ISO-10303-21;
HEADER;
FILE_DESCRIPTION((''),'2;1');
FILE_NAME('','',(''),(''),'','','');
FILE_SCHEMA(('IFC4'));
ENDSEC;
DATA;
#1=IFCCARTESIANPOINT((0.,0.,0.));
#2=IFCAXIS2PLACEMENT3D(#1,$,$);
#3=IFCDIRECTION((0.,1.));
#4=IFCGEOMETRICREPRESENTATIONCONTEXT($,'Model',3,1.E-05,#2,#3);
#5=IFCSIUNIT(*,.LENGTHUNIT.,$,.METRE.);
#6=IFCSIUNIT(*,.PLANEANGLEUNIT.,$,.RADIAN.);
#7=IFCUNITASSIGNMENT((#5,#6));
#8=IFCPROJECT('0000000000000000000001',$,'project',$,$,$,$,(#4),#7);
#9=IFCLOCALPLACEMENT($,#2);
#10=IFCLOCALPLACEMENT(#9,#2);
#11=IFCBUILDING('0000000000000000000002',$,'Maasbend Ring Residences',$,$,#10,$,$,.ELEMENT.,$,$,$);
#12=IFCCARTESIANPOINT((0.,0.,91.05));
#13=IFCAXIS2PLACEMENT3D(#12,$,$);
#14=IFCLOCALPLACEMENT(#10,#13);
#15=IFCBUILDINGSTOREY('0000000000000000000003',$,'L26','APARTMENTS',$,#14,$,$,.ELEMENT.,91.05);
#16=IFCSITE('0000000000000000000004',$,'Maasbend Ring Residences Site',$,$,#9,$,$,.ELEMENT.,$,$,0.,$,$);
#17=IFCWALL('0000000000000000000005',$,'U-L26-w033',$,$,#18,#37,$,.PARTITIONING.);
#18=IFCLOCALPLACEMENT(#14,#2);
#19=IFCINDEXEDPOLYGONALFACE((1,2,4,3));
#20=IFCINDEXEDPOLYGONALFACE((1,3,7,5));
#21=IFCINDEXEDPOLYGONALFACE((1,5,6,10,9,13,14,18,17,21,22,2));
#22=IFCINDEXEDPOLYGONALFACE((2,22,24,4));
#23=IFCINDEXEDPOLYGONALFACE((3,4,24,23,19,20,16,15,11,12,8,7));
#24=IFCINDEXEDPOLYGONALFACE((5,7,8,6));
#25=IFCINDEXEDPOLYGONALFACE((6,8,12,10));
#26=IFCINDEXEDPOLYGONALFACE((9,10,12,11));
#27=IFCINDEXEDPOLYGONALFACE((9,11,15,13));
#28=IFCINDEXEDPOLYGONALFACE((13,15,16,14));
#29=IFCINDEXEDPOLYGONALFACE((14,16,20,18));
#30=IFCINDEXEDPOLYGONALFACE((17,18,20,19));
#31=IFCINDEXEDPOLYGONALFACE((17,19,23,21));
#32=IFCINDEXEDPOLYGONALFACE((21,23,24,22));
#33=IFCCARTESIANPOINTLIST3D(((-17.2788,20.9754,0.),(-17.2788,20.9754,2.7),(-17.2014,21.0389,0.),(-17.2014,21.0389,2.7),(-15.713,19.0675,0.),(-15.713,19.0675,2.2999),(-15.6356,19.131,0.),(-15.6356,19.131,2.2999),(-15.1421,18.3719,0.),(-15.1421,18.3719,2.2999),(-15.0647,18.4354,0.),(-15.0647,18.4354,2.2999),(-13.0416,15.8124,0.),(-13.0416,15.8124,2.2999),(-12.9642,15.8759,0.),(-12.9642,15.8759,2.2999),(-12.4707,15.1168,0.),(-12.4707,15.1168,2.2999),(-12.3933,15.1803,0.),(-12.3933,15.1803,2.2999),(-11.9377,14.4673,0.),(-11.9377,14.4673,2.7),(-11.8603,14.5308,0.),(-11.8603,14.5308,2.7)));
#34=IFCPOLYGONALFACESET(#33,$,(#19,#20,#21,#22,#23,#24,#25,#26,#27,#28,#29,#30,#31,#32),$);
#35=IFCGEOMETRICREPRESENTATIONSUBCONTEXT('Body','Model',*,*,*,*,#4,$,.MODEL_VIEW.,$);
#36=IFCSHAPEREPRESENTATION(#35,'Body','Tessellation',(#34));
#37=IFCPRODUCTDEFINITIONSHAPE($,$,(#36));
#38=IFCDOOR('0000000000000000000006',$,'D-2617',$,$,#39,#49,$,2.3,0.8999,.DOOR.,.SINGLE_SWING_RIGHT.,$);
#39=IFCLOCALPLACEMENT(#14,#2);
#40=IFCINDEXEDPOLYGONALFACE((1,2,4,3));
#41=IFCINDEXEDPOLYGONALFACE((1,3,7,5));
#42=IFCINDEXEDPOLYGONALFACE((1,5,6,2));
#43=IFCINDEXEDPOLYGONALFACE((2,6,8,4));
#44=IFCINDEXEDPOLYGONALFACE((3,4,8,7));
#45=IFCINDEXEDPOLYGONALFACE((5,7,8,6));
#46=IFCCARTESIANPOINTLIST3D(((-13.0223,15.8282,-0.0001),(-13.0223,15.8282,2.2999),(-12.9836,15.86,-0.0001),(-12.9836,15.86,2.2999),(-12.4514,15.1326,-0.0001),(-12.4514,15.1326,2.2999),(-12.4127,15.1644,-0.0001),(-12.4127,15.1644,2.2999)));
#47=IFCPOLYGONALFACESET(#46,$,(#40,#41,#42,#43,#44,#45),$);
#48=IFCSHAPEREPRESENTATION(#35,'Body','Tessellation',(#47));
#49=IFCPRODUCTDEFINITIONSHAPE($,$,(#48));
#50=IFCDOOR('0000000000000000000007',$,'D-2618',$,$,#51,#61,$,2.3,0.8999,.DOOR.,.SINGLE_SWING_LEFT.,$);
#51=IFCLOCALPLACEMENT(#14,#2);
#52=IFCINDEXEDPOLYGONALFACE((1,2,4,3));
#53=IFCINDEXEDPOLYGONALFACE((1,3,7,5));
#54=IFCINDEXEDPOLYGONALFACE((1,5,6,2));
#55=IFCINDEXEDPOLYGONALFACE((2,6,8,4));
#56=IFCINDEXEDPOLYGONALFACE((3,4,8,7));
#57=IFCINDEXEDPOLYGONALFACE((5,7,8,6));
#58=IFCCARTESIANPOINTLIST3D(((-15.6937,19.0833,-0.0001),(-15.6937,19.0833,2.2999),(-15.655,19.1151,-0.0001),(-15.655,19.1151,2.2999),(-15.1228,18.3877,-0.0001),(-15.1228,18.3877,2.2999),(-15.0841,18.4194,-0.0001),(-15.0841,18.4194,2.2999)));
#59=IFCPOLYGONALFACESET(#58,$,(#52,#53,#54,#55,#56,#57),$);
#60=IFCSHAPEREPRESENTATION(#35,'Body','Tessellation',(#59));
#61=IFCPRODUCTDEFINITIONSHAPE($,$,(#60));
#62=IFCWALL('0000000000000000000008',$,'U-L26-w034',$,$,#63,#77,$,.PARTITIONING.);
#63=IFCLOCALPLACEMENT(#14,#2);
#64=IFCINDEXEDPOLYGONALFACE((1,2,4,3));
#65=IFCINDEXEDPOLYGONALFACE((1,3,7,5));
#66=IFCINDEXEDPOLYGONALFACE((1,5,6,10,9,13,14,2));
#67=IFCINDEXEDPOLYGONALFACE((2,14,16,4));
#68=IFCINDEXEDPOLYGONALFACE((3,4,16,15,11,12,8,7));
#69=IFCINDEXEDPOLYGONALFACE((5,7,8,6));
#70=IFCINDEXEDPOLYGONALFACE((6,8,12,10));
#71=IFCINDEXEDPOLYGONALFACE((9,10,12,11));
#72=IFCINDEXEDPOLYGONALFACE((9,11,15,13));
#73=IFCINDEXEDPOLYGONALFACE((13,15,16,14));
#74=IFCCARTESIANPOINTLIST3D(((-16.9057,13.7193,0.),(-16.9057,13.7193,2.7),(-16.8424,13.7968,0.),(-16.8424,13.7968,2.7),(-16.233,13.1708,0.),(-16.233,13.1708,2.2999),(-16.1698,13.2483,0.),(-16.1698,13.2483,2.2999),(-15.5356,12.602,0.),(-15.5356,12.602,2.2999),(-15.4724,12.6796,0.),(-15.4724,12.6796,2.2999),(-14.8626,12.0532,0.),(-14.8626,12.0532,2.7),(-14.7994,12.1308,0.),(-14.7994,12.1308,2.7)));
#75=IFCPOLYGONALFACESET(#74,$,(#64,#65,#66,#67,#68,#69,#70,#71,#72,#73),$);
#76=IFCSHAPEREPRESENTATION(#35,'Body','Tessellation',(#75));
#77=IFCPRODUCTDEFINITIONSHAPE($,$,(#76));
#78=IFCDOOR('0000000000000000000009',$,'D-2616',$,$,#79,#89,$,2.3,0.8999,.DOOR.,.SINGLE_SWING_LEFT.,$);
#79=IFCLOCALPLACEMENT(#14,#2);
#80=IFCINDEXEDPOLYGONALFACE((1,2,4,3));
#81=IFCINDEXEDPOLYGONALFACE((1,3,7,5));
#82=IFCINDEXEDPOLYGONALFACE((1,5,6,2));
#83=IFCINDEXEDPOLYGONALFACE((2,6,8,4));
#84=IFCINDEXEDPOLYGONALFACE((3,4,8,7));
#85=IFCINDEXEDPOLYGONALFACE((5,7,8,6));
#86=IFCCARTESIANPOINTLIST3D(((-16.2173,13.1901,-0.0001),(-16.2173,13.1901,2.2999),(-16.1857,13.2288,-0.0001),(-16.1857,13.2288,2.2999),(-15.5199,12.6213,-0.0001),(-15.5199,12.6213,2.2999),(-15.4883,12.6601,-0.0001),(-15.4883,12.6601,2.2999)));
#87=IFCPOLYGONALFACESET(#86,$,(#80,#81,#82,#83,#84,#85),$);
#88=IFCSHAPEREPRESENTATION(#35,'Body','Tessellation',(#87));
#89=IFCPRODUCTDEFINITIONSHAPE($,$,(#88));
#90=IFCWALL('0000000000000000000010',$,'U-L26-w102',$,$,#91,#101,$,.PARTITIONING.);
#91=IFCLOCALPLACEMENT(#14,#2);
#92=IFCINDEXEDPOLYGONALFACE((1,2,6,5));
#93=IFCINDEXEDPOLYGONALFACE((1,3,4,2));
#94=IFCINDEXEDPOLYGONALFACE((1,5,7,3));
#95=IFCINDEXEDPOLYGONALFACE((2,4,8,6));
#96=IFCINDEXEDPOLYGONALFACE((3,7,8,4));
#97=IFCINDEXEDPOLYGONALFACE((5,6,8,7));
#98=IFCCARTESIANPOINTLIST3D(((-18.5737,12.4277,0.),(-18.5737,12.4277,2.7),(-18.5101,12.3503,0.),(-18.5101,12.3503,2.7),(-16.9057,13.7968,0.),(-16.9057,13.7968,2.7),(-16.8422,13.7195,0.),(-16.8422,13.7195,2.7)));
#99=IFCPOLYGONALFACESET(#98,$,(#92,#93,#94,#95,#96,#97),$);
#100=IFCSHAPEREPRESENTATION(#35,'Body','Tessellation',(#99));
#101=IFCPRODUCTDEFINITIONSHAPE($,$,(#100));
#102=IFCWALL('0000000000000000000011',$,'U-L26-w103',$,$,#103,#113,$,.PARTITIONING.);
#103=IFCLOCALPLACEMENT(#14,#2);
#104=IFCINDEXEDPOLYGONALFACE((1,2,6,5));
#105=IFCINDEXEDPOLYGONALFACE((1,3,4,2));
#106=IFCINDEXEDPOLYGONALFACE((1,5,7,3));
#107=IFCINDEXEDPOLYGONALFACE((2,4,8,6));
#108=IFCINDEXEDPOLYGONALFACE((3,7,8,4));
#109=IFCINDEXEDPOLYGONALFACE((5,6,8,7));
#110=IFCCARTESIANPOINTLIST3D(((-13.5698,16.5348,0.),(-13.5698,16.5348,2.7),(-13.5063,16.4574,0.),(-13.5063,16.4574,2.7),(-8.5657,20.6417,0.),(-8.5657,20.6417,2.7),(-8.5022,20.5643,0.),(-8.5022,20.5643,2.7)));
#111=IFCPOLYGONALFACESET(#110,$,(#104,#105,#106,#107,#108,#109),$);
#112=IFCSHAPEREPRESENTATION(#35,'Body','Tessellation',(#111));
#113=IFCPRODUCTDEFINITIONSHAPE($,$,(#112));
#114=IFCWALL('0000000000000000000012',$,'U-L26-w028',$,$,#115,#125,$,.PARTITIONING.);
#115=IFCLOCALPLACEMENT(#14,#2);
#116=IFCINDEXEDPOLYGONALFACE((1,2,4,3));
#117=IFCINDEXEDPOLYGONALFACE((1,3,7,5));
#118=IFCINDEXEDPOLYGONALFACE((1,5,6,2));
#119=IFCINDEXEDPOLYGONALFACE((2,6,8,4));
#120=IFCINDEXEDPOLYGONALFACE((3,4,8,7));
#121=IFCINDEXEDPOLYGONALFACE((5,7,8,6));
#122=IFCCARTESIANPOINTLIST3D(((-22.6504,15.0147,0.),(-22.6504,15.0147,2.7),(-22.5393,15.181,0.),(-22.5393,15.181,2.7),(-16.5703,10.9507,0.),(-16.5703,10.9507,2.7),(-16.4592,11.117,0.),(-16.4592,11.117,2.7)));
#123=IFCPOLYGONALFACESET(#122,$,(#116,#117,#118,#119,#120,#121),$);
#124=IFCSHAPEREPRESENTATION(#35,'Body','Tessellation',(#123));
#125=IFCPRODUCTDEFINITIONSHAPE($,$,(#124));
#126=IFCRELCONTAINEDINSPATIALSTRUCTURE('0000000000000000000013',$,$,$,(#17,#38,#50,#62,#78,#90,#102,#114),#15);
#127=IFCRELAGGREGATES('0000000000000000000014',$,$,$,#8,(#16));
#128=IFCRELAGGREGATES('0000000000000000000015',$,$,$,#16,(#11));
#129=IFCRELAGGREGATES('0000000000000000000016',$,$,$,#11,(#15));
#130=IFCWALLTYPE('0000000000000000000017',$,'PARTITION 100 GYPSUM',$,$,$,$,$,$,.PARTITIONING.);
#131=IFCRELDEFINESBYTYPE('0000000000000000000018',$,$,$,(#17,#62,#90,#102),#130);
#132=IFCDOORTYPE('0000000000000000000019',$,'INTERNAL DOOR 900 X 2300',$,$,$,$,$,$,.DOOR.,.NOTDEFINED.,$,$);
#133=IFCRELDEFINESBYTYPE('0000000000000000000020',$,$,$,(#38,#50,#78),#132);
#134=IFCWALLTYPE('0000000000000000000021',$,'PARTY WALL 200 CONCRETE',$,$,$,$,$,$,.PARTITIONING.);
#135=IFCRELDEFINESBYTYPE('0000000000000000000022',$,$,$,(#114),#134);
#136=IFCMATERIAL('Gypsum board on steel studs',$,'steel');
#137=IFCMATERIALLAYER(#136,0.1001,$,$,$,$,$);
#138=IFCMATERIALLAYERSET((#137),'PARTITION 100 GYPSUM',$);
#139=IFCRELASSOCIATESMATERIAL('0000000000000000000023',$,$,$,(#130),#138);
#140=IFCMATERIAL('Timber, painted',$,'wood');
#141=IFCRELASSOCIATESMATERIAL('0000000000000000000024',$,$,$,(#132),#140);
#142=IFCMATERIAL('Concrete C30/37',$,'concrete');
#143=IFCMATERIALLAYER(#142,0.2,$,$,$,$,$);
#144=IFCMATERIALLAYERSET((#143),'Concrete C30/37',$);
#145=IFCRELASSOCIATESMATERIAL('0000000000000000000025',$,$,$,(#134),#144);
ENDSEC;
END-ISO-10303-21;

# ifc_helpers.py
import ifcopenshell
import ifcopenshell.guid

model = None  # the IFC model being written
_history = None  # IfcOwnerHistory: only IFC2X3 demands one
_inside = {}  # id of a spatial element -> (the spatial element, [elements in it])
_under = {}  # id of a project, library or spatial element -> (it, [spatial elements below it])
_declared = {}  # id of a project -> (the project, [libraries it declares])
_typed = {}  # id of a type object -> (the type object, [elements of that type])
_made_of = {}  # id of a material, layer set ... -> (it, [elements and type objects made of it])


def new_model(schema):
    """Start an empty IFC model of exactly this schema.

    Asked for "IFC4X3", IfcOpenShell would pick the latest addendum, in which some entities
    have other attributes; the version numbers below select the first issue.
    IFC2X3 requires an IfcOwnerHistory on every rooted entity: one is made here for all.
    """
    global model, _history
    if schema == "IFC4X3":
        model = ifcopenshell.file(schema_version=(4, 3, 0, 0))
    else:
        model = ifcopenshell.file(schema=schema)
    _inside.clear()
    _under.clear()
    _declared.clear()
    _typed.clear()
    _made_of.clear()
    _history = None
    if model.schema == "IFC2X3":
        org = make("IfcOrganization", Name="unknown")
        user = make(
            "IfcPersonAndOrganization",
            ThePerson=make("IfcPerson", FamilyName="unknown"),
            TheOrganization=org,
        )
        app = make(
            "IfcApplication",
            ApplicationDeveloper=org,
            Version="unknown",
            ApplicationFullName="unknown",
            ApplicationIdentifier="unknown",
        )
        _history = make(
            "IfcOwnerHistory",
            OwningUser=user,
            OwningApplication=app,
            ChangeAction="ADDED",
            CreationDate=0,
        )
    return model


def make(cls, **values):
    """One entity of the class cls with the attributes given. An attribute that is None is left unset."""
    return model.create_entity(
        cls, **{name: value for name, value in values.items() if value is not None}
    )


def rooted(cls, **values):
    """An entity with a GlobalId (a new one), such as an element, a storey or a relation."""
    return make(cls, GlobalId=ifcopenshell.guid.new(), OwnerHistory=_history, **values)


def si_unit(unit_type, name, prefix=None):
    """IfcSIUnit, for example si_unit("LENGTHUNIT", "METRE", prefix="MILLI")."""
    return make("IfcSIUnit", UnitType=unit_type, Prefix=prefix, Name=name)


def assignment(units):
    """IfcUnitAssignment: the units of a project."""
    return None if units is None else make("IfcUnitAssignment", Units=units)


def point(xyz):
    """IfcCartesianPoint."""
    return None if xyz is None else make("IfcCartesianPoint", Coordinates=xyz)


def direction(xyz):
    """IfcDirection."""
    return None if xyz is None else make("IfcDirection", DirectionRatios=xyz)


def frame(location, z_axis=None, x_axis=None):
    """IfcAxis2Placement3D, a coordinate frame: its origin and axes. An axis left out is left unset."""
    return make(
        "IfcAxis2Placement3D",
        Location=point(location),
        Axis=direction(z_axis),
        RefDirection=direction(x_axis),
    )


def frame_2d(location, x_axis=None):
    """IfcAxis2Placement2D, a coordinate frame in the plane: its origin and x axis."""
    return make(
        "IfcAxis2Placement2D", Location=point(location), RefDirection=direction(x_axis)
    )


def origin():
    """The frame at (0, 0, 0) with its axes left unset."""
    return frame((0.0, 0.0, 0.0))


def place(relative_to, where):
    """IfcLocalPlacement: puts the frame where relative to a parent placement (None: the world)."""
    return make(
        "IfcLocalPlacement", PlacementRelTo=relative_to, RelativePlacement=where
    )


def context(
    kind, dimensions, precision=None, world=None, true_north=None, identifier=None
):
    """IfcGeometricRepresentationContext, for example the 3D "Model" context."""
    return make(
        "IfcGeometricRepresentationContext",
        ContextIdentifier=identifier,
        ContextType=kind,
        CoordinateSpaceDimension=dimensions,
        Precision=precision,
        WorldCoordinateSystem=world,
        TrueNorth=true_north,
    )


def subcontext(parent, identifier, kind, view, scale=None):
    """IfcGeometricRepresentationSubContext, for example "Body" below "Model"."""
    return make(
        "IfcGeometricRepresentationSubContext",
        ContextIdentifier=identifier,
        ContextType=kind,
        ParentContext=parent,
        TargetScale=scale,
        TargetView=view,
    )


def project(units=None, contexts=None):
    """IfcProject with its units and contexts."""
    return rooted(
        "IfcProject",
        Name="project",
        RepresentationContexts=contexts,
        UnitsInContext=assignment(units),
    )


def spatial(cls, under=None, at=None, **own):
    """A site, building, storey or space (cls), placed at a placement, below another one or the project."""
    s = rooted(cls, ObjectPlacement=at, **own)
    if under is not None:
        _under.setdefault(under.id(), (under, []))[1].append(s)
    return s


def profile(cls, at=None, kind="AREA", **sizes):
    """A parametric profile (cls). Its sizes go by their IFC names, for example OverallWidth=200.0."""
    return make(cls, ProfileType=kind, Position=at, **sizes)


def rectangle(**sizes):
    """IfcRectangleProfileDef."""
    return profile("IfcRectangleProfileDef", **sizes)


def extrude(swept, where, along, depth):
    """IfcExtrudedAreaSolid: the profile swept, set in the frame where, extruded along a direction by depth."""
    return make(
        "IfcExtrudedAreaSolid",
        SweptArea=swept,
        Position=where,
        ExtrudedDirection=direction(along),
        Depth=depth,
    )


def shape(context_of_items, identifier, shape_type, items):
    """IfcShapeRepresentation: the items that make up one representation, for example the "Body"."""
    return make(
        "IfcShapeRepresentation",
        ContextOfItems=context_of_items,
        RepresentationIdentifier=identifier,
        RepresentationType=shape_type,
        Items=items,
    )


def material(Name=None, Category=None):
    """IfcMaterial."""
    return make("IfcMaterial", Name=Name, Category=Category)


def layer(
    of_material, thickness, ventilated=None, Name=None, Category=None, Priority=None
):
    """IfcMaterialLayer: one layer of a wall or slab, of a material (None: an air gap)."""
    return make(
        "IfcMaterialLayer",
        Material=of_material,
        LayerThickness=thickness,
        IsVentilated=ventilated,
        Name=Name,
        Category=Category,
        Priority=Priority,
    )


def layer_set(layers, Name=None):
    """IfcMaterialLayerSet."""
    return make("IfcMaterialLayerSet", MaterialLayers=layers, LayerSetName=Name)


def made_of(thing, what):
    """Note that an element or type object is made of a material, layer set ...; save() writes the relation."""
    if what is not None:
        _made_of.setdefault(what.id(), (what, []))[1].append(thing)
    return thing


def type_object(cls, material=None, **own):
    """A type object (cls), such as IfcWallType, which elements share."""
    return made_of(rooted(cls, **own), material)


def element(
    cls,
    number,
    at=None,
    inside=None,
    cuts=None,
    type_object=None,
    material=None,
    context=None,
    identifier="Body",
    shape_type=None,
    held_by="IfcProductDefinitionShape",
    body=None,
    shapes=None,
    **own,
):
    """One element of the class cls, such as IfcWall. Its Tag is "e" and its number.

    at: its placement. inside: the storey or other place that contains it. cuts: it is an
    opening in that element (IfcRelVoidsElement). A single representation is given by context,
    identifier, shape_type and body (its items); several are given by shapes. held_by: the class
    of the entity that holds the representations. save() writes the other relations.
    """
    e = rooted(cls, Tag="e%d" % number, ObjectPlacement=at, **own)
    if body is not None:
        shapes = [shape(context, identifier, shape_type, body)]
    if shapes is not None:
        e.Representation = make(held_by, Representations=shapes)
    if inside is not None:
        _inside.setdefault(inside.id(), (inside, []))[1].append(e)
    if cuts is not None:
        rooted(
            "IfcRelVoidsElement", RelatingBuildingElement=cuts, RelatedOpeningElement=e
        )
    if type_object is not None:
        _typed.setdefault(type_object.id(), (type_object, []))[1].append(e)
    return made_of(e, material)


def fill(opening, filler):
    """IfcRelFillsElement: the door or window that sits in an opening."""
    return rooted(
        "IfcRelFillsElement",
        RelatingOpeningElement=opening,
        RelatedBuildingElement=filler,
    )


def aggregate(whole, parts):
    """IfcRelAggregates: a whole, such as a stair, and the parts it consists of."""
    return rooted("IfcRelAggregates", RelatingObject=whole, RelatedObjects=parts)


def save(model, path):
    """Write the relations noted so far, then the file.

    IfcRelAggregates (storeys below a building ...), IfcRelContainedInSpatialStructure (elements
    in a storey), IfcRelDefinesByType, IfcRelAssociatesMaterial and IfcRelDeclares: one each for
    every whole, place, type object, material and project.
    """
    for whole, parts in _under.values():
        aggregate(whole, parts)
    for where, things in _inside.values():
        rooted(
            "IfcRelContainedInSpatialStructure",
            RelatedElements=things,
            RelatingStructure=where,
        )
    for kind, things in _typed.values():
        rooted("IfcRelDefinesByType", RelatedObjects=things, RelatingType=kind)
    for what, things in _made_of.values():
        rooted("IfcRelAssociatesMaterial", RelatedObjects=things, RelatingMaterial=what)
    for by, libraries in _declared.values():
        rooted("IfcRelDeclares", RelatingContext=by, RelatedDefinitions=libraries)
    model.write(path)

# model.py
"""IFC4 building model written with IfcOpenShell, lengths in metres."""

from ifc_helpers import new_model, si_unit, direction, frame, frame_2d, origin, place, context, subcontext, project, spatial, rectangle, extrude, material, layer, layer_set, type_object, element, fill, save


model = new_model("IFC4")

# Units and contexts
model_context = context("Model", 3, precision=1e-05, world=origin(), true_north=direction((0.0, 1.0)))
body_context = subcontext(model_context, "Body", "Model", "MODEL_VIEW")
ifc_project = project(units=[si_unit("LENGTHUNIT", "METRE"), si_unit("PLANEANGLEUNIT", "RADIAN")], contexts=[model_context])

# Site, building, storey
site_placement = place(None, origin())
site = spatial("IfcSite", under=ifc_project, at=site_placement, Name="Maasbend Ring Residences Site", CompositionType="ELEMENT", RefElevation=0.0)
building_placement = place(site_placement, origin())
building = spatial("IfcBuilding", under=site, at=building_placement, Name="Maasbend Ring Residences", CompositionType="ELEMENT")
storey_placement = place(building_placement, frame((0.0, 0.0, 91.05)))
storey = spatial("IfcBuildingStorey", under=building, at=storey_placement, Name="L26", Description="APARTMENTS", CompositionType="ELEMENT", Elevation=91.05)

# Wall, openings, doors
ifc_material_1 = material(Name="Gypsum board on steel studs", Category="steel")
ifc_layer_1 = layer(ifc_material_1, 0.1001)
ifc_layer_set_1 = layer_set([ifc_layer_1], Name="PARTITION 100 GYPSUM")
wall_type_1 = type_object("IfcWallType", Name="PARTITION 100 GYPSUM", PredefinedType="PARTITIONING", material=ifc_layer_set_1)
wall_1_placement = place(storey_placement, frame((-17.24, 21.0071, 0.0), z_axis=(0.0, 0.0, 1.0), x_axis=(0.634396, -0.773008, 0.0)))
wall_1 = element("IfcWall", 1, at=wall_1_placement, inside=storey, type_object=wall_type_1, Name="U-L26-w033", PredefinedType="PARTITIONING", context=body_context, shape_type="SweptSolid", body=[
    extrude(rectangle(XDim=8.4192, YDim=0.1001, at=frame_2d((4.2095, 0.0))), origin(), (0.0, 0.0, 1.0), 2.7),
])
opening_1_placement = place(wall_1_placement, frame((6.679, 0.0, 0.0)))
opening_1 = element("IfcOpeningElement", 2, at=opening_1_placement, cuts=wall_1, PredefinedType="OPENING", context=body_context, shape_type="SweptSolid", body=[
    extrude(rectangle(XDim=0.8999, YDim=2.3, at=frame_2d((0.45, 1.1499))), frame((0.0, 0.0601, 0.0), z_axis=(0.0, -1.0, 0.0), x_axis=(1.0, 0.0, 0.0)), (0.0, 0.0, 1.0), 0.1201),
])
opening_2_placement = place(wall_1_placement, frame((2.468, 0.0, 0.0)))
opening_2 = element("IfcOpeningElement", 3, at=opening_2_placement, cuts=wall_1, PredefinedType="OPENING", context=body_context, shape_type="SweptSolid", body=[
    extrude(rectangle(XDim=0.8999, YDim=2.3, at=frame_2d((0.45, 1.1499))), frame((0.0, 0.0601, 0.0), z_axis=(0.0, -1.0, 0.0), x_axis=(1.0, 0.0, 0.0)), (0.0, 0.0, 1.0), 0.1201),
])
ifc_material_2 = material(Name="Timber, painted", Category="wood")
door_type_1 = type_object("IfcDoorType", Name="INTERNAL DOOR 900 X 2300", OperationType="NOTDEFINED", PredefinedType="DOOR", material=ifc_material_2)
door_1_placement = place(opening_1_placement, origin())
door_1 = element("IfcDoor", 4, at=door_1_placement, inside=storey, type_object=door_type_1, Name="D-2617", OperationType="SINGLE_SWING_RIGHT", OverallHeight=2.3, OverallWidth=0.8999, PredefinedType="DOOR", context=body_context, shape_type="SweptSolid", body=[
    extrude(rectangle(XDim=0.8999, YDim=2.3, at=frame_2d((0.45, 1.1499))), frame((0.0, 0.0249, 0.0), z_axis=(0.0, -1.0, 0.0), x_axis=(1.0, 0.0, 0.0)), (0.0, 0.0, 1.0), 0.05),
])
fill(opening_1, door_1)
door_2_placement = place(opening_2_placement, origin())
door_2 = element("IfcDoor", 5, at=door_2_placement, inside=storey, type_object=door_type_1, Name="D-2618", OperationType="SINGLE_SWING_LEFT", OverallHeight=2.3, OverallWidth=0.8999, PredefinedType="DOOR", context=body_context, shape_type="SweptSolid", body=[
    extrude(rectangle(XDim=0.8999, YDim=2.3, at=frame_2d((0.45, 1.1499))), frame((0.0, 0.0249, 0.0), z_axis=(0.0, -1.0, 0.0), x_axis=(1.0, 0.0, 0.0)), (0.0, 0.0, 1.0), 0.05),
])
fill(opening_2, door_2)

# Wall, opening, door
wall_2_placement = place(storey_placement, frame((-16.874, 13.7581, 0.0), z_axis=(0.0, 0.0, 1.0), x_axis=(0.77498, -0.631986, 0.0)))
wall_2 = element("IfcWall", 6, at=wall_2_placement, inside=storey, type_object=wall_type_1, Name="U-L26-w034", PredefinedType="PARTITIONING", context=body_context, shape_type="SweptSolid", body=[
    extrude(rectangle(XDim=2.6362, YDim=0.1001, at=frame_2d((1.3181, 0.0))), origin(), (0.0, 0.0, 1.0), 2.7),
])
opening_3_placement = place(wall_2_placement, frame((0.8679, 0.0, 0.0)))
opening_3 = element("IfcOpeningElement", 7, at=opening_3_placement, cuts=wall_2, PredefinedType="OPENING", context=body_context, shape_type="SweptSolid", body=[
    extrude(rectangle(XDim=0.8999, YDim=2.3, at=frame_2d((0.45, 1.1499))), frame((0.0, 0.0601, 0.0), z_axis=(0.0, -1.0, 0.0), x_axis=(1.0, 0.0, 0.0)), (0.0, 0.0, 1.0), 0.1201),
])
door_3_placement = place(opening_3_placement, origin())
door_3 = element("IfcDoor", 8, at=door_3_placement, inside=storey, type_object=door_type_1, Name="D-2616", OperationType="SINGLE_SWING_LEFT", OverallHeight=2.3, OverallWidth=0.8999, PredefinedType="DOOR", context=body_context, shape_type="SweptSolid", body=[
    extrude(rectangle(XDim=0.8999, YDim=2.3, at=frame_2d((0.45, 1.1499))), frame((0.0, 0.0249, 0.0), z_axis=(0.0, -1.0, 0.0), x_axis=(1.0, 0.0, 0.0)), (0.0, 0.0, 1.0), 0.05),
])
fill(opening_3, door_3)

# Walls
wall_3_placement = place(storey_placement, frame((-18.542, 12.3889, 0.0), z_axis=(0.0, 0.0, 1.0), x_axis=(0.772948, 0.634469, 0.0)))
element("IfcWall", 9, at=wall_3_placement, inside=storey, type_object=wall_type_1, Name="U-L26-w102", PredefinedType="PARTITIONING", context=body_context, shape_type="SweptSolid", body=[
    extrude(rectangle(XDim=2.158, YDim=0.1001, at=frame_2d((1.0791, 0.0))), origin(), (0.0, 0.0, 1.0), 2.7),
])
wall_4_placement = place(storey_placement, frame((-13.5381, 16.4961, 0.0), z_axis=(0.0, 0.0, 1.0), x_axis=(0.773, 0.634406, 0.0)))
element("IfcWall", 10, at=wall_4_placement, inside=storey, type_object=wall_type_1, Name="U-L26-w103", PredefinedType="PARTITIONING", context=body_context, shape_type="SweptSolid", body=[
    extrude(rectangle(XDim=6.4736, YDim=0.1001, at=frame_2d((3.2368, 0.0))), origin(), (0.0, 0.0, 1.0), 2.7),
])
ifc_material_3 = material(Name="Concrete C30/37", Category="concrete")
ifc_layer_2 = layer(ifc_material_3, 0.2)
ifc_layer_set_2 = layer_set([ifc_layer_2], Name="Concrete C30/37")
wall_type_2 = type_object("IfcWallType", Name="PARTY WALL 200 CONCRETE", PredefinedType="PARTITIONING", material=ifc_layer_set_2)
wall_5_placement = place(storey_placement, frame((-22.595, 15.0979, 0.0), z_axis=(0.0, 0.0, 1.0), x_axis=(0.831382, -0.555701, 0.0)))
element("IfcWall", 11, at=wall_5_placement, inside=storey, type_object=wall_type_2, Name="U-L26-w028", PredefinedType="PARTITIONING", context=body_context, shape_type="SweptSolid", body=[
    extrude(rectangle(XDim=7.3132, YDim=0.2, at=frame_2d((3.6567, 0.0))), origin(), (0.0, 0.0, 1.0), 2.7),
])

save(model, "model.ifc")
